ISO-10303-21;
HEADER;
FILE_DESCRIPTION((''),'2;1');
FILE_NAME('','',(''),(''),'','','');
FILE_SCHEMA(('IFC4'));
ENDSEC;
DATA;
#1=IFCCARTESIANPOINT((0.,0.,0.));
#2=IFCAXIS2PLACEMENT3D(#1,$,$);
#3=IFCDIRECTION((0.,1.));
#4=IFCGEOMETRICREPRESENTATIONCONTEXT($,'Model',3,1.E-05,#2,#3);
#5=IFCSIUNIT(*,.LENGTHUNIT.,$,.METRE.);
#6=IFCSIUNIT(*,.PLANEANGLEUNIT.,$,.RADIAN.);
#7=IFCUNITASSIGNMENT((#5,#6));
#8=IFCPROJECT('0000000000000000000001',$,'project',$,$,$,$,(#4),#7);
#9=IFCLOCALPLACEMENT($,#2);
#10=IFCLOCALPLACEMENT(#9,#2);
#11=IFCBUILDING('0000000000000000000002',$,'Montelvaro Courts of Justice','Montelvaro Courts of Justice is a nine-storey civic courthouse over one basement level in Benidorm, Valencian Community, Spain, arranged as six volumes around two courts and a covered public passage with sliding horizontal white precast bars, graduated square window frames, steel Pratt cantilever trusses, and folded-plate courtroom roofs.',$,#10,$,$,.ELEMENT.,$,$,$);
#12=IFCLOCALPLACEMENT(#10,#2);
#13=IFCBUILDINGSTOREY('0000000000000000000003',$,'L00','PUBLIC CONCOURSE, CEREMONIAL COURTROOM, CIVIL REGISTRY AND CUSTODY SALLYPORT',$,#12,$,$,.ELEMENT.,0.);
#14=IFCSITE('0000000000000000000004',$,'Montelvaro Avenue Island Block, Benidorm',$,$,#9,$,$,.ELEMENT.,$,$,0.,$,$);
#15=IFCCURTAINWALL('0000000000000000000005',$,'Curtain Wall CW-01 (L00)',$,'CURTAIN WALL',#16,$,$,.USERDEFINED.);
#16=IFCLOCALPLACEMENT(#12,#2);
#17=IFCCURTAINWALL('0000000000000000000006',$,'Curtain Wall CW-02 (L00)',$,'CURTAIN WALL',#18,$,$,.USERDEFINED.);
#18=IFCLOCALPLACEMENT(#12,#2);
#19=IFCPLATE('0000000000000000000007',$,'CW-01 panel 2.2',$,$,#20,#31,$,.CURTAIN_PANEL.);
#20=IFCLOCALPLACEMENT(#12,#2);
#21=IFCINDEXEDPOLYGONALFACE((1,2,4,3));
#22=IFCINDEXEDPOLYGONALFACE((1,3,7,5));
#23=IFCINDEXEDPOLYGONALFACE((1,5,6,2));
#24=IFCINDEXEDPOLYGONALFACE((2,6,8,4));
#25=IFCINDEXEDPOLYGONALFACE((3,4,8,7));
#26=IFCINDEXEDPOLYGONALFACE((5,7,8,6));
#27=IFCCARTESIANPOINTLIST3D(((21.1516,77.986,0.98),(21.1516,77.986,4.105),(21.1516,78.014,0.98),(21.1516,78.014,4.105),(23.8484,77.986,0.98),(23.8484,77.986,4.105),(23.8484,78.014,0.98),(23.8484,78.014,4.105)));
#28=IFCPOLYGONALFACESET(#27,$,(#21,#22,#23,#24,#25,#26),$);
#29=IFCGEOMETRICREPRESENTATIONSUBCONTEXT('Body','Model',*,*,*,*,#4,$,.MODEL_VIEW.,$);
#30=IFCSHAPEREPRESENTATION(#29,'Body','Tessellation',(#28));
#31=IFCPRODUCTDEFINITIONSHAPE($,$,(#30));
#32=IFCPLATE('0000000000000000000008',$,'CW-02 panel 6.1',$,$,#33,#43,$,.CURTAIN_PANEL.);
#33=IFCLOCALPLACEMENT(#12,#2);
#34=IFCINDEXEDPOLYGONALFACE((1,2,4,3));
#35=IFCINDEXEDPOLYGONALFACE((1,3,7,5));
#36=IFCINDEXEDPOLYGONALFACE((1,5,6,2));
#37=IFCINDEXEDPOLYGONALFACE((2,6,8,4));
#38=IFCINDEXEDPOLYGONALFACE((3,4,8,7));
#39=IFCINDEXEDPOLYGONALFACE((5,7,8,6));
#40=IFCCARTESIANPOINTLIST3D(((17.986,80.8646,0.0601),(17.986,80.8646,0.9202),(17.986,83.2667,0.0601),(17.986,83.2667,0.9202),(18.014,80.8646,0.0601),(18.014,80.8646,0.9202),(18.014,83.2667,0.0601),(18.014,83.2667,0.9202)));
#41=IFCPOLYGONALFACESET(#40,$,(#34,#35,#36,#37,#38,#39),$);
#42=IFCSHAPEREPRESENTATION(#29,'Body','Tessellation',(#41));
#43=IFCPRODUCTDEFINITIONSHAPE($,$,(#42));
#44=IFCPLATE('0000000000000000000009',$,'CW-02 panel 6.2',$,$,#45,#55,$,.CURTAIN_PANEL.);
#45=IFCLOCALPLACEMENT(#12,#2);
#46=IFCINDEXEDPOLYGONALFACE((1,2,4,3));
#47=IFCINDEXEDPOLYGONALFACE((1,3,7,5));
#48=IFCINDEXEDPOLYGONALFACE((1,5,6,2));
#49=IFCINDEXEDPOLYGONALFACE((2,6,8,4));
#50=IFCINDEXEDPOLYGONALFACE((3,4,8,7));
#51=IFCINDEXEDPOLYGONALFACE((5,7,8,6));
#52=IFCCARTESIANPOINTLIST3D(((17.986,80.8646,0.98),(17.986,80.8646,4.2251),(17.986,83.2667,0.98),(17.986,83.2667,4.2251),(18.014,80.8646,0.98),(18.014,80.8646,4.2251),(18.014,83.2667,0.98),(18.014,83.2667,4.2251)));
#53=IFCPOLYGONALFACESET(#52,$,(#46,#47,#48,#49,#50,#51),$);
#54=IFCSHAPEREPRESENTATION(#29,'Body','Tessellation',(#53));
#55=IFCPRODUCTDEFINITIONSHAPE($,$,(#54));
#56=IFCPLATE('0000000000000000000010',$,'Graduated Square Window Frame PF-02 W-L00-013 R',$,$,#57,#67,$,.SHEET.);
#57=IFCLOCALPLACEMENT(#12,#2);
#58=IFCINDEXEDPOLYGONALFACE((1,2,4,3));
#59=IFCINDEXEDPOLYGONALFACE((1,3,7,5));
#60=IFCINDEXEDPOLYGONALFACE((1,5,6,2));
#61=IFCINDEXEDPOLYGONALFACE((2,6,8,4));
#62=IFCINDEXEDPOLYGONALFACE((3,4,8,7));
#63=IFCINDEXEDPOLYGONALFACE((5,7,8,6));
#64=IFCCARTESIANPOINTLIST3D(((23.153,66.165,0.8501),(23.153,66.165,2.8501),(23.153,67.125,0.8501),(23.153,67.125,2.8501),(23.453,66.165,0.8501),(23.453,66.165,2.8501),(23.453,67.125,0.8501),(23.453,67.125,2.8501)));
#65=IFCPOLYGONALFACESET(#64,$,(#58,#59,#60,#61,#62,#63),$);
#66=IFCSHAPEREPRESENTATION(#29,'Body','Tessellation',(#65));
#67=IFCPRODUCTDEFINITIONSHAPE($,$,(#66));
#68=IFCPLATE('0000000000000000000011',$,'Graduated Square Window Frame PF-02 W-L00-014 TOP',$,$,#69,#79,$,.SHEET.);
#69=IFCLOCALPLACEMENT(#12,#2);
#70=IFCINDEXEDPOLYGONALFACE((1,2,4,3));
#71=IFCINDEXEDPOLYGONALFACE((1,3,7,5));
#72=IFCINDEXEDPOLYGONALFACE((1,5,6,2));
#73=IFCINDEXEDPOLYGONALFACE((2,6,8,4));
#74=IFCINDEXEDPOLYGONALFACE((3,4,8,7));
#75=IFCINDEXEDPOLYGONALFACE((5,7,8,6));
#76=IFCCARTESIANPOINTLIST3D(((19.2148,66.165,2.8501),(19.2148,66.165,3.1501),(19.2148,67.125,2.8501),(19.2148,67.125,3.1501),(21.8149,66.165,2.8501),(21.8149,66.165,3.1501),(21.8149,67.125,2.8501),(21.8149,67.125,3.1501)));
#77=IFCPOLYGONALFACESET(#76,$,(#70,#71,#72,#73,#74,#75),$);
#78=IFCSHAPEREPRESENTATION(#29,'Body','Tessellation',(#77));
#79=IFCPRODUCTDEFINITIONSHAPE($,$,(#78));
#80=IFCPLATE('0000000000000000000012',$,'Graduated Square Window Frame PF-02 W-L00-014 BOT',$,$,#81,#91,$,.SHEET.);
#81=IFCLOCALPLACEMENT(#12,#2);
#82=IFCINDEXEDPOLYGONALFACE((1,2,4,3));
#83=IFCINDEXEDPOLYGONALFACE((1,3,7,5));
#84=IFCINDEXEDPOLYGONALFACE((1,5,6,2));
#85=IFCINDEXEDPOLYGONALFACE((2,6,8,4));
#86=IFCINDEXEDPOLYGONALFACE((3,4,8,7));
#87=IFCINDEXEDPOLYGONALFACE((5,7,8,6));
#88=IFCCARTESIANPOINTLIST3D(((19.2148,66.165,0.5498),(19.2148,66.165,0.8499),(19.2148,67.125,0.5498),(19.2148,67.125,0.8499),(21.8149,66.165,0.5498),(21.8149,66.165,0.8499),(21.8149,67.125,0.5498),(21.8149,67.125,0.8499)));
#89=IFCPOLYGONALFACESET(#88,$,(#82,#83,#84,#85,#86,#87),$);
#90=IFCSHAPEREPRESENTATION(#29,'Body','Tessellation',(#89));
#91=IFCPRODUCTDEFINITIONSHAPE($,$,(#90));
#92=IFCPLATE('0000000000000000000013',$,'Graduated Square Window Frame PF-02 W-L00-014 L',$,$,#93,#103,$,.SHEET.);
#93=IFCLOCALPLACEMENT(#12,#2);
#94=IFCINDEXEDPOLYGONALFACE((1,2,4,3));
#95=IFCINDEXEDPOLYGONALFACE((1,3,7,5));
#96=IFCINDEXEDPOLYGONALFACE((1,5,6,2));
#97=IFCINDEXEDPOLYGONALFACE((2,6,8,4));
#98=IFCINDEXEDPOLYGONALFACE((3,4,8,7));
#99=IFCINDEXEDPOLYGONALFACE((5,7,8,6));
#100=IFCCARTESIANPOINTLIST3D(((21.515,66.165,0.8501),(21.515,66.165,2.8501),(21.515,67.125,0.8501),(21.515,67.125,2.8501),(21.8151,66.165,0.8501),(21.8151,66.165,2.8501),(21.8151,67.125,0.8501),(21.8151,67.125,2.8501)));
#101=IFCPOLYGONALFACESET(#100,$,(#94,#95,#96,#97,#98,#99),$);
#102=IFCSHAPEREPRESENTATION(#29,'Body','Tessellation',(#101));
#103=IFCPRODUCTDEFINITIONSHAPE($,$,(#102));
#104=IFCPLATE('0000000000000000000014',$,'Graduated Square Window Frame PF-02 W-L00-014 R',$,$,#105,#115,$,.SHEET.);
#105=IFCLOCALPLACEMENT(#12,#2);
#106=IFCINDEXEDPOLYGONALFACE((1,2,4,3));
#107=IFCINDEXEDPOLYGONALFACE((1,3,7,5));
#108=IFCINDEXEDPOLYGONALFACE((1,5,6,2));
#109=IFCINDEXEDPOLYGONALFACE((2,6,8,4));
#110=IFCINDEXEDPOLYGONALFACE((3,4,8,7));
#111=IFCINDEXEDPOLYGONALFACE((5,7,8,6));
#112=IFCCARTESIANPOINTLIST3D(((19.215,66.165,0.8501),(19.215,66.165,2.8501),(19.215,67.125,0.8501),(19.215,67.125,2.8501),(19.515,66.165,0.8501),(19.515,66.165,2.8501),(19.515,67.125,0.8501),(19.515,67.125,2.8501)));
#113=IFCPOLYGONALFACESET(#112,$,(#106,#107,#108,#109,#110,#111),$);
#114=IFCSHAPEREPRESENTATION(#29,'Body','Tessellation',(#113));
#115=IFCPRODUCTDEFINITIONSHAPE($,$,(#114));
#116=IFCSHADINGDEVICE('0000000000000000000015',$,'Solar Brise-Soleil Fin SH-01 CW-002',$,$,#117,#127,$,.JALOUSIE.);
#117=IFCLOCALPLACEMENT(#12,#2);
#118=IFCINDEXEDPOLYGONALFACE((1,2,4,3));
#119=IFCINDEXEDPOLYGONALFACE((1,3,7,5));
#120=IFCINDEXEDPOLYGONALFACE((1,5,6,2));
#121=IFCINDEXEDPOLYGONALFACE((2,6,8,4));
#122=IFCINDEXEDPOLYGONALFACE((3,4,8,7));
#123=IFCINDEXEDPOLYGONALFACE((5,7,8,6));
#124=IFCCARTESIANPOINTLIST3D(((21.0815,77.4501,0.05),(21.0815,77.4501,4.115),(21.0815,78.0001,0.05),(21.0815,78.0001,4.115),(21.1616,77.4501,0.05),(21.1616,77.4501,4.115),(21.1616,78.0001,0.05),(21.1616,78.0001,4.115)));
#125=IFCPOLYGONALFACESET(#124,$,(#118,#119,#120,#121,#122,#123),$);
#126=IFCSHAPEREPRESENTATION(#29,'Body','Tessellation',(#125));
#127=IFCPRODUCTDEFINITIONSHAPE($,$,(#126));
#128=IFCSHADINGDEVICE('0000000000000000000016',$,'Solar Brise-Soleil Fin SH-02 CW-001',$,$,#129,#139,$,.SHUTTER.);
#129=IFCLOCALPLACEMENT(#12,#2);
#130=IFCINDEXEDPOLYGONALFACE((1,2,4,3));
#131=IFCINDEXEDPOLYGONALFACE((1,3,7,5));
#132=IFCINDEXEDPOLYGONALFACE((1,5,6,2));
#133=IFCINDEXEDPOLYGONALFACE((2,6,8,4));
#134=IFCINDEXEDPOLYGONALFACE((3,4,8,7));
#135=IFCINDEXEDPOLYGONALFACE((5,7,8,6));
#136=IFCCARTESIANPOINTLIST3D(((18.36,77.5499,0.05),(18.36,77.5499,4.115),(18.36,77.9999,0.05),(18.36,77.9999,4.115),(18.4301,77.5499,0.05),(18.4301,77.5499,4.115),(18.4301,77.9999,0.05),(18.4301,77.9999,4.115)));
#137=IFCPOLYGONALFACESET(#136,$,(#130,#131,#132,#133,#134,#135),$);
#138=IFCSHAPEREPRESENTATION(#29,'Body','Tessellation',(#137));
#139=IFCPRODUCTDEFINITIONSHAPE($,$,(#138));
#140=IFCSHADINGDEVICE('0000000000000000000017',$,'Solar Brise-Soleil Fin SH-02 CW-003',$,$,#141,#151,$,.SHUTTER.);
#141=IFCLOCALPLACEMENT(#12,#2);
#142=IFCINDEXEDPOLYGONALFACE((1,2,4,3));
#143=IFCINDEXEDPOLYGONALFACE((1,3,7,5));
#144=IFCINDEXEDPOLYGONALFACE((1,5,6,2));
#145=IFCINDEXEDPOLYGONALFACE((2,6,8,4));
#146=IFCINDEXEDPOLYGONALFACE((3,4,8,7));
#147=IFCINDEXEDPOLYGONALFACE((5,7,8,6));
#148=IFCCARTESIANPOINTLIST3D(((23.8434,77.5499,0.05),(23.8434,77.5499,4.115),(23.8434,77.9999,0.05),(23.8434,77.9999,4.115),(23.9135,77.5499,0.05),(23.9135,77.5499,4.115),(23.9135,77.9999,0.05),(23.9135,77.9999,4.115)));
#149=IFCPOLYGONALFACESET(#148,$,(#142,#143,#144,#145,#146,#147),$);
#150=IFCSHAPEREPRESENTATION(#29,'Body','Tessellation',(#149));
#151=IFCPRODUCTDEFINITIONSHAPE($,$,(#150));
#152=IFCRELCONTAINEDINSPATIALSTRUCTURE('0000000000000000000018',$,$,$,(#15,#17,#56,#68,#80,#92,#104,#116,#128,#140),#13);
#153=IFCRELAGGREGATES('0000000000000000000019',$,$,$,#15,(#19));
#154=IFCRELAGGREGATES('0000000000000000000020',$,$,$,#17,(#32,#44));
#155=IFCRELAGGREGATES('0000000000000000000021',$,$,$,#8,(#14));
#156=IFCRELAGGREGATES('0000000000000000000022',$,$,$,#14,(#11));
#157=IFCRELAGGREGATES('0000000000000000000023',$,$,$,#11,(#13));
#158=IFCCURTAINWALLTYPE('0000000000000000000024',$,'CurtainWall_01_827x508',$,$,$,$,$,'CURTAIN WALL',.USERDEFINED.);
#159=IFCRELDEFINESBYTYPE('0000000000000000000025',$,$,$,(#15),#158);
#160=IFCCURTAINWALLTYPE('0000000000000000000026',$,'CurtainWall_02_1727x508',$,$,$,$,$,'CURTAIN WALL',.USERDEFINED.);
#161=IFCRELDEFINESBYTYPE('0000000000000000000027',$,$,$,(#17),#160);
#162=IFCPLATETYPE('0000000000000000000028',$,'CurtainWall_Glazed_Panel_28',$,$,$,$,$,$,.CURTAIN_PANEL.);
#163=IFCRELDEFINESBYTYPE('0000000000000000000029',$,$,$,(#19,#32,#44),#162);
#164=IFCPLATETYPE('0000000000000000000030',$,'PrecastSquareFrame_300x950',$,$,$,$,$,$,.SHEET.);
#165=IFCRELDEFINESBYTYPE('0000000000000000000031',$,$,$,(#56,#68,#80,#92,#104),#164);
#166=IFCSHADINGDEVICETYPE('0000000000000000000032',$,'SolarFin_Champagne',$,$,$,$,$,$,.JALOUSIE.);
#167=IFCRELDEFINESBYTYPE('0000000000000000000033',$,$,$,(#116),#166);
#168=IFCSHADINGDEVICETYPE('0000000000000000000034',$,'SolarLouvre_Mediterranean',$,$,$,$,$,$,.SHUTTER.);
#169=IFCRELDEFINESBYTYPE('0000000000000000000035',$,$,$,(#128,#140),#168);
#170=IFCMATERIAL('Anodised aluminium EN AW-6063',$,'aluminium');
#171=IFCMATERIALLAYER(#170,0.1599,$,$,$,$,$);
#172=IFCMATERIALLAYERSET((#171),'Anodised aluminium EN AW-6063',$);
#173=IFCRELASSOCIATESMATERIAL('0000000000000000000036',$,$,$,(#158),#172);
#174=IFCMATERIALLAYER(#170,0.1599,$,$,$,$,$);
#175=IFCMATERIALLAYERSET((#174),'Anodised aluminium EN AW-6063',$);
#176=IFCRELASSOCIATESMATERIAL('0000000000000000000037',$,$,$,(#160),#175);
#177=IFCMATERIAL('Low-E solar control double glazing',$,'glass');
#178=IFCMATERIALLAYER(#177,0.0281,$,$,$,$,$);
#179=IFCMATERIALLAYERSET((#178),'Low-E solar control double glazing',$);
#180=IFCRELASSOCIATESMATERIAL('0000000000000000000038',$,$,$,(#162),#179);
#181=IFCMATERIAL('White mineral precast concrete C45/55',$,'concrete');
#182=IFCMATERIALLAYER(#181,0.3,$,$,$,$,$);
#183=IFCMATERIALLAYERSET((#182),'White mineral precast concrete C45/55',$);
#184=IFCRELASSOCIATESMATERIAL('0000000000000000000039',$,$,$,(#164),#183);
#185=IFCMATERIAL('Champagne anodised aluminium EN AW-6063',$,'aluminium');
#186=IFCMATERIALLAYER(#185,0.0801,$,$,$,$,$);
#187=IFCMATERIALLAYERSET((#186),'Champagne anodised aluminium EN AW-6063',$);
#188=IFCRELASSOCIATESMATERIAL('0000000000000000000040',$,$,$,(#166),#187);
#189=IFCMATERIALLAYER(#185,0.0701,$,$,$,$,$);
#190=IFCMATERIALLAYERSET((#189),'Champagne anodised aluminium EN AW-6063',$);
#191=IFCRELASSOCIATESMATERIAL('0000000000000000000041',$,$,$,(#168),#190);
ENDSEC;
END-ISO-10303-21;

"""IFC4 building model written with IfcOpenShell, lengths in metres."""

from ifc_helpers import new_model, si_unit, direction, frame, origin, origin_2d, place, context, subcontext, project, spatial, rectangle, extrude, material, layer, layer_set, type_object, element, aggregate, save


model = new_model("IFC4")

# Units and contexts
model_context = context("Model", 3, precision=1e-05, world=origin(), true_north=direction((0.0, 1.0)))
body_context = subcontext(model_context, "Body", "Model", "MODEL_VIEW")
ifc_project = project(units=[si_unit("LENGTHUNIT", "METRE"), si_unit("PLANEANGLEUNIT", "RADIAN")], contexts=[model_context])

# Site, building, storey
site_placement = place(None, origin())
site = spatial("IfcSite", under=ifc_project, at=site_placement, Name="Montelvaro Avenue Island Block, Benidorm", CompositionType="ELEMENT", RefElevation=0.0)
building_placement = place(site_placement, origin())
building = spatial("IfcBuilding", under=site, at=building_placement, Name="Montelvaro Courts of Justice", Description="Montelvaro Courts of Justice is a nine-storey civic courthouse over one basement level in Benidorm, Valencian Community, Spain, arranged as six volumes around two courts and a covered public passage with sliding horizontal white precast bars, graduated square window frames, steel Pratt cantilever trusses, and folded-plate courtroom roofs.", CompositionType="ELEMENT")
storey_placement = place(building_placement, origin())
storey = spatial("IfcBuildingStorey", under=building, at=storey_placement, Name="L00", Description="PUBLIC CONCOURSE, CEREMONIAL COURTROOM, CIVIL REGISTRY AND CUSTODY SALLYPORT", CompositionType="ELEMENT", Elevation=0.0)

# Curtain walls
ifc_material_1 = material(Name="Anodised aluminium EN AW-6063", Category="aluminium")
ifc_layer_1 = layer(ifc_material_1, 0.1599)
ifc_layer_set_1 = layer_set([ifc_layer_1], Name="Anodised aluminium EN AW-6063")
curtain_wall_type_1 = type_object("IfcCurtainWallType", Name="CurtainWall_01_827x508", ElementType="CURTAIN WALL", PredefinedType="USERDEFINED", material=ifc_layer_set_1)
curtain_wall_1_placement = place(storey_placement, origin())
curtain_wall_1 = element("IfcCurtainWall", 1, at=curtain_wall_1_placement, inside=storey, type_object=curtain_wall_type_1, Name="Curtain Wall CW-01 (L00)", ObjectType="CURTAIN WALL", PredefinedType="USERDEFINED")
ifc_layer_2 = layer(ifc_material_1, 0.1599)
ifc_layer_set_2 = layer_set([ifc_layer_2], Name="Anodised aluminium EN AW-6063")
curtain_wall_type_2 = type_object("IfcCurtainWallType", Name="CurtainWall_02_1727x508", ElementType="CURTAIN WALL", PredefinedType="USERDEFINED", material=ifc_layer_set_2)
curtain_wall_2_placement = place(storey_placement, origin())
curtain_wall_2 = element("IfcCurtainWall", 2, at=curtain_wall_2_placement, inside=storey, type_object=curtain_wall_type_2, Name="Curtain Wall CW-02 (L00)", ObjectType="CURTAIN WALL", PredefinedType="USERDEFINED")

# Plates
ifc_material_2 = material(Name="Low-E solar control double glazing", Category="glass")
ifc_layer_3 = layer(ifc_material_2, 0.0281)
ifc_layer_set_3 = layer_set([ifc_layer_3], Name="Low-E solar control double glazing")
plate_type_1 = type_object("IfcPlateType", Name="CurtainWall_Glazed_Panel_28", PredefinedType="CURTAIN_PANEL", material=ifc_layer_set_3)
plate_1_placement = place(storey_placement, frame((22.5, 78.0, 0.98), z_axis=(0.0, 0.0, 1.0), x_axis=(1.0, 0.0, 0.0)))
plate_1 = element("IfcPlate", 3, at=plate_1_placement, type_object=plate_type_1, Name="CW-01 panel 2.2", PredefinedType="CURTAIN_PANEL", context=body_context, shape_type="SweptSolid", body=[
    extrude(rectangle(XDim=2.6968, YDim=0.0281, at=origin_2d()), origin(), (0.0, 0.0, 1.0), 3.125),
])
aggregate(curtain_wall_1, [plate_1])
plate_2_placement = place(storey_placement, frame((18.0, 82.0657, 0.0601), z_axis=(0.0, 0.0, 1.0), x_axis=(0.0, -1.0, 0.0)))
plate_2 = element("IfcPlate", 4, at=plate_2_placement, type_object=plate_type_1, Name="CW-02 panel 6.1", PredefinedType="CURTAIN_PANEL", context=body_context, shape_type="SweptSolid", body=[
    extrude(rectangle(XDim=2.4021, YDim=0.0281, at=origin_2d()), origin(), (0.0, 0.0, 1.0), 0.8601),
])
plate_3_placement = place(storey_placement, frame((18.0, 82.0657, 0.98), z_axis=(0.0, 0.0, 1.0), x_axis=(0.0, -1.0, 0.0)))
plate_3 = element("IfcPlate", 5, at=plate_3_placement, type_object=plate_type_1, Name="CW-02 panel 6.2", PredefinedType="CURTAIN_PANEL", context=body_context, shape_type="SweptSolid", body=[
    extrude(rectangle(XDim=2.4021, YDim=0.0281, at=origin_2d()), origin(), (0.0, 0.0, 1.0), 3.2451),
])
aggregate(curtain_wall_2, [plate_2, plate_3])

# Plates
ifc_material_3 = material(Name="White mineral precast concrete C45/55", Category="concrete")
ifc_layer_4 = layer(ifc_material_3, 0.3)
ifc_layer_set_4 = layer_set([ifc_layer_4], Name="White mineral precast concrete C45/55")
plate_type_2 = type_object("IfcPlateType", Name="PrecastSquareFrame_300x950", PredefinedType="SHEET", material=ifc_layer_set_4)
plate_4_placement = place(storey_placement, frame((23.303, 66.645, 0.8501), z_axis=(0.0, 0.0, 1.0), x_axis=(-1.0, 0.0, 0.0)))
element("IfcPlate", 6, at=plate_4_placement, inside=storey, type_object=plate_type_2, Name="Graduated Square Window Frame PF-02 W-L00-013 R", PredefinedType="SHEET", context=body_context, shape_type="SweptSolid", body=[
    extrude(rectangle(XDim=0.3, YDim=0.96, at=origin_2d()), origin(), (0.0, 0.0, 1.0), 2.0),
])
for number, where, z_axis, x_axis, name in (
    (7, (20.5149, 66.645, 2.8501), (0.0, 0.0, 1.0), (-1.0, 0.0, 0.0), "Graduated Square Window Frame PF-02 W-L00-014 TOP"),
    (8, (20.5149, 66.645, 0.5498), (0.0, 0.0, 1.0), (-1.0, 0.0, 0.0), "Graduated Square Window Frame PF-02 W-L00-014 BOT"),
):
    element("IfcPlate", number, at=place(storey_placement, frame(where, z_axis=z_axis, x_axis=x_axis)), inside=storey, type_object=plate_type_2, Name=name, PredefinedType="SHEET", context=body_context, shape_type="SweptSolid", body=[
        extrude(rectangle(XDim=2.6001, YDim=0.96, at=origin_2d()), origin(), (0.0, 0.0, 1.0), 0.3),
    ])
for number, where, z_axis, x_axis, name in (
    (9, (21.665, 66.645, 0.8501), (0.0, 0.0, 1.0), (-1.0, 0.0, 0.0), "Graduated Square Window Frame PF-02 W-L00-014 L"),
    (10, (19.365, 66.645, 0.8501), (0.0, 0.0, 1.0), (-1.0, 0.0, 0.0), "Graduated Square Window Frame PF-02 W-L00-014 R"),
):
    element("IfcPlate", number, at=place(storey_placement, frame(where, z_axis=z_axis, x_axis=x_axis)), inside=storey, type_object=plate_type_2, Name=name, PredefinedType="SHEET", context=body_context, shape_type="SweptSolid", body=[
        extrude(rectangle(XDim=0.3, YDim=0.96, at=origin_2d()), origin(), (0.0, 0.0, 1.0), 2.0),
    ])

# Shading devices
ifc_material_4 = material(Name="Champagne anodised aluminium EN AW-6063", Category="aluminium")
ifc_layer_5 = layer(ifc_material_4, 0.0801)
ifc_layer_set_5 = layer_set([ifc_layer_5], Name="Champagne anodised aluminium EN AW-6063")
shading_device_type_1 = type_object("IfcShadingDeviceType", Name="SolarFin_Champagne", PredefinedType="JALOUSIE", material=ifc_layer_set_5)
shading_device_placement = place(storey_placement, frame((21.1216, 77.7251, 0.05), z_axis=(0.0, 0.0, 1.0), x_axis=(1.0, 0.0, 0.0)))
element("IfcShadingDevice", 11, at=shading_device_placement, inside=storey, type_object=shading_device_type_1, Name="Solar Brise-Soleil Fin SH-01 CW-002", PredefinedType="JALOUSIE", context=body_context, shape_type="SweptSolid", body=[
    extrude(rectangle(XDim=0.0801, YDim=0.55, at=origin_2d()), origin(), (0.0, 0.0, 1.0), 4.0649),
])
ifc_layer_6 = layer(ifc_material_4, 0.0701)
ifc_layer_set_6 = layer_set([ifc_layer_6], Name="Champagne anodised aluminium EN AW-6063")
shading_device_type_2 = type_object("IfcShadingDeviceType", Name="SolarLouvre_Mediterranean", PredefinedType="SHUTTER", material=ifc_layer_set_6)
for number, where, z_axis, x_axis, name in (
    (12, (18.395, 77.7749, 0.05), (0.0, 0.0, 1.0), (1.0, 0.0, 0.0), "Solar Brise-Soleil Fin SH-02 CW-001"),
    (13, (23.8784, 77.7749, 0.05), (0.0, 0.0, 1.0), (1.0, 0.0, 0.0), "Solar Brise-Soleil Fin SH-02 CW-003"),
):
    element("IfcShadingDevice", number, at=place(storey_placement, frame(where, z_axis=z_axis, x_axis=x_axis)), inside=storey, type_object=shading_device_type_2, Name=name, PredefinedType="SHUTTER", context=body_context, shape_type="SweptSolid", body=[
        extrude(rectangle(XDim=0.0701, YDim=0.45, at=origin_2d()), origin(), (0.0, 0.0, 1.0), 4.0649),
    ])

save(model, "model.ifc")
